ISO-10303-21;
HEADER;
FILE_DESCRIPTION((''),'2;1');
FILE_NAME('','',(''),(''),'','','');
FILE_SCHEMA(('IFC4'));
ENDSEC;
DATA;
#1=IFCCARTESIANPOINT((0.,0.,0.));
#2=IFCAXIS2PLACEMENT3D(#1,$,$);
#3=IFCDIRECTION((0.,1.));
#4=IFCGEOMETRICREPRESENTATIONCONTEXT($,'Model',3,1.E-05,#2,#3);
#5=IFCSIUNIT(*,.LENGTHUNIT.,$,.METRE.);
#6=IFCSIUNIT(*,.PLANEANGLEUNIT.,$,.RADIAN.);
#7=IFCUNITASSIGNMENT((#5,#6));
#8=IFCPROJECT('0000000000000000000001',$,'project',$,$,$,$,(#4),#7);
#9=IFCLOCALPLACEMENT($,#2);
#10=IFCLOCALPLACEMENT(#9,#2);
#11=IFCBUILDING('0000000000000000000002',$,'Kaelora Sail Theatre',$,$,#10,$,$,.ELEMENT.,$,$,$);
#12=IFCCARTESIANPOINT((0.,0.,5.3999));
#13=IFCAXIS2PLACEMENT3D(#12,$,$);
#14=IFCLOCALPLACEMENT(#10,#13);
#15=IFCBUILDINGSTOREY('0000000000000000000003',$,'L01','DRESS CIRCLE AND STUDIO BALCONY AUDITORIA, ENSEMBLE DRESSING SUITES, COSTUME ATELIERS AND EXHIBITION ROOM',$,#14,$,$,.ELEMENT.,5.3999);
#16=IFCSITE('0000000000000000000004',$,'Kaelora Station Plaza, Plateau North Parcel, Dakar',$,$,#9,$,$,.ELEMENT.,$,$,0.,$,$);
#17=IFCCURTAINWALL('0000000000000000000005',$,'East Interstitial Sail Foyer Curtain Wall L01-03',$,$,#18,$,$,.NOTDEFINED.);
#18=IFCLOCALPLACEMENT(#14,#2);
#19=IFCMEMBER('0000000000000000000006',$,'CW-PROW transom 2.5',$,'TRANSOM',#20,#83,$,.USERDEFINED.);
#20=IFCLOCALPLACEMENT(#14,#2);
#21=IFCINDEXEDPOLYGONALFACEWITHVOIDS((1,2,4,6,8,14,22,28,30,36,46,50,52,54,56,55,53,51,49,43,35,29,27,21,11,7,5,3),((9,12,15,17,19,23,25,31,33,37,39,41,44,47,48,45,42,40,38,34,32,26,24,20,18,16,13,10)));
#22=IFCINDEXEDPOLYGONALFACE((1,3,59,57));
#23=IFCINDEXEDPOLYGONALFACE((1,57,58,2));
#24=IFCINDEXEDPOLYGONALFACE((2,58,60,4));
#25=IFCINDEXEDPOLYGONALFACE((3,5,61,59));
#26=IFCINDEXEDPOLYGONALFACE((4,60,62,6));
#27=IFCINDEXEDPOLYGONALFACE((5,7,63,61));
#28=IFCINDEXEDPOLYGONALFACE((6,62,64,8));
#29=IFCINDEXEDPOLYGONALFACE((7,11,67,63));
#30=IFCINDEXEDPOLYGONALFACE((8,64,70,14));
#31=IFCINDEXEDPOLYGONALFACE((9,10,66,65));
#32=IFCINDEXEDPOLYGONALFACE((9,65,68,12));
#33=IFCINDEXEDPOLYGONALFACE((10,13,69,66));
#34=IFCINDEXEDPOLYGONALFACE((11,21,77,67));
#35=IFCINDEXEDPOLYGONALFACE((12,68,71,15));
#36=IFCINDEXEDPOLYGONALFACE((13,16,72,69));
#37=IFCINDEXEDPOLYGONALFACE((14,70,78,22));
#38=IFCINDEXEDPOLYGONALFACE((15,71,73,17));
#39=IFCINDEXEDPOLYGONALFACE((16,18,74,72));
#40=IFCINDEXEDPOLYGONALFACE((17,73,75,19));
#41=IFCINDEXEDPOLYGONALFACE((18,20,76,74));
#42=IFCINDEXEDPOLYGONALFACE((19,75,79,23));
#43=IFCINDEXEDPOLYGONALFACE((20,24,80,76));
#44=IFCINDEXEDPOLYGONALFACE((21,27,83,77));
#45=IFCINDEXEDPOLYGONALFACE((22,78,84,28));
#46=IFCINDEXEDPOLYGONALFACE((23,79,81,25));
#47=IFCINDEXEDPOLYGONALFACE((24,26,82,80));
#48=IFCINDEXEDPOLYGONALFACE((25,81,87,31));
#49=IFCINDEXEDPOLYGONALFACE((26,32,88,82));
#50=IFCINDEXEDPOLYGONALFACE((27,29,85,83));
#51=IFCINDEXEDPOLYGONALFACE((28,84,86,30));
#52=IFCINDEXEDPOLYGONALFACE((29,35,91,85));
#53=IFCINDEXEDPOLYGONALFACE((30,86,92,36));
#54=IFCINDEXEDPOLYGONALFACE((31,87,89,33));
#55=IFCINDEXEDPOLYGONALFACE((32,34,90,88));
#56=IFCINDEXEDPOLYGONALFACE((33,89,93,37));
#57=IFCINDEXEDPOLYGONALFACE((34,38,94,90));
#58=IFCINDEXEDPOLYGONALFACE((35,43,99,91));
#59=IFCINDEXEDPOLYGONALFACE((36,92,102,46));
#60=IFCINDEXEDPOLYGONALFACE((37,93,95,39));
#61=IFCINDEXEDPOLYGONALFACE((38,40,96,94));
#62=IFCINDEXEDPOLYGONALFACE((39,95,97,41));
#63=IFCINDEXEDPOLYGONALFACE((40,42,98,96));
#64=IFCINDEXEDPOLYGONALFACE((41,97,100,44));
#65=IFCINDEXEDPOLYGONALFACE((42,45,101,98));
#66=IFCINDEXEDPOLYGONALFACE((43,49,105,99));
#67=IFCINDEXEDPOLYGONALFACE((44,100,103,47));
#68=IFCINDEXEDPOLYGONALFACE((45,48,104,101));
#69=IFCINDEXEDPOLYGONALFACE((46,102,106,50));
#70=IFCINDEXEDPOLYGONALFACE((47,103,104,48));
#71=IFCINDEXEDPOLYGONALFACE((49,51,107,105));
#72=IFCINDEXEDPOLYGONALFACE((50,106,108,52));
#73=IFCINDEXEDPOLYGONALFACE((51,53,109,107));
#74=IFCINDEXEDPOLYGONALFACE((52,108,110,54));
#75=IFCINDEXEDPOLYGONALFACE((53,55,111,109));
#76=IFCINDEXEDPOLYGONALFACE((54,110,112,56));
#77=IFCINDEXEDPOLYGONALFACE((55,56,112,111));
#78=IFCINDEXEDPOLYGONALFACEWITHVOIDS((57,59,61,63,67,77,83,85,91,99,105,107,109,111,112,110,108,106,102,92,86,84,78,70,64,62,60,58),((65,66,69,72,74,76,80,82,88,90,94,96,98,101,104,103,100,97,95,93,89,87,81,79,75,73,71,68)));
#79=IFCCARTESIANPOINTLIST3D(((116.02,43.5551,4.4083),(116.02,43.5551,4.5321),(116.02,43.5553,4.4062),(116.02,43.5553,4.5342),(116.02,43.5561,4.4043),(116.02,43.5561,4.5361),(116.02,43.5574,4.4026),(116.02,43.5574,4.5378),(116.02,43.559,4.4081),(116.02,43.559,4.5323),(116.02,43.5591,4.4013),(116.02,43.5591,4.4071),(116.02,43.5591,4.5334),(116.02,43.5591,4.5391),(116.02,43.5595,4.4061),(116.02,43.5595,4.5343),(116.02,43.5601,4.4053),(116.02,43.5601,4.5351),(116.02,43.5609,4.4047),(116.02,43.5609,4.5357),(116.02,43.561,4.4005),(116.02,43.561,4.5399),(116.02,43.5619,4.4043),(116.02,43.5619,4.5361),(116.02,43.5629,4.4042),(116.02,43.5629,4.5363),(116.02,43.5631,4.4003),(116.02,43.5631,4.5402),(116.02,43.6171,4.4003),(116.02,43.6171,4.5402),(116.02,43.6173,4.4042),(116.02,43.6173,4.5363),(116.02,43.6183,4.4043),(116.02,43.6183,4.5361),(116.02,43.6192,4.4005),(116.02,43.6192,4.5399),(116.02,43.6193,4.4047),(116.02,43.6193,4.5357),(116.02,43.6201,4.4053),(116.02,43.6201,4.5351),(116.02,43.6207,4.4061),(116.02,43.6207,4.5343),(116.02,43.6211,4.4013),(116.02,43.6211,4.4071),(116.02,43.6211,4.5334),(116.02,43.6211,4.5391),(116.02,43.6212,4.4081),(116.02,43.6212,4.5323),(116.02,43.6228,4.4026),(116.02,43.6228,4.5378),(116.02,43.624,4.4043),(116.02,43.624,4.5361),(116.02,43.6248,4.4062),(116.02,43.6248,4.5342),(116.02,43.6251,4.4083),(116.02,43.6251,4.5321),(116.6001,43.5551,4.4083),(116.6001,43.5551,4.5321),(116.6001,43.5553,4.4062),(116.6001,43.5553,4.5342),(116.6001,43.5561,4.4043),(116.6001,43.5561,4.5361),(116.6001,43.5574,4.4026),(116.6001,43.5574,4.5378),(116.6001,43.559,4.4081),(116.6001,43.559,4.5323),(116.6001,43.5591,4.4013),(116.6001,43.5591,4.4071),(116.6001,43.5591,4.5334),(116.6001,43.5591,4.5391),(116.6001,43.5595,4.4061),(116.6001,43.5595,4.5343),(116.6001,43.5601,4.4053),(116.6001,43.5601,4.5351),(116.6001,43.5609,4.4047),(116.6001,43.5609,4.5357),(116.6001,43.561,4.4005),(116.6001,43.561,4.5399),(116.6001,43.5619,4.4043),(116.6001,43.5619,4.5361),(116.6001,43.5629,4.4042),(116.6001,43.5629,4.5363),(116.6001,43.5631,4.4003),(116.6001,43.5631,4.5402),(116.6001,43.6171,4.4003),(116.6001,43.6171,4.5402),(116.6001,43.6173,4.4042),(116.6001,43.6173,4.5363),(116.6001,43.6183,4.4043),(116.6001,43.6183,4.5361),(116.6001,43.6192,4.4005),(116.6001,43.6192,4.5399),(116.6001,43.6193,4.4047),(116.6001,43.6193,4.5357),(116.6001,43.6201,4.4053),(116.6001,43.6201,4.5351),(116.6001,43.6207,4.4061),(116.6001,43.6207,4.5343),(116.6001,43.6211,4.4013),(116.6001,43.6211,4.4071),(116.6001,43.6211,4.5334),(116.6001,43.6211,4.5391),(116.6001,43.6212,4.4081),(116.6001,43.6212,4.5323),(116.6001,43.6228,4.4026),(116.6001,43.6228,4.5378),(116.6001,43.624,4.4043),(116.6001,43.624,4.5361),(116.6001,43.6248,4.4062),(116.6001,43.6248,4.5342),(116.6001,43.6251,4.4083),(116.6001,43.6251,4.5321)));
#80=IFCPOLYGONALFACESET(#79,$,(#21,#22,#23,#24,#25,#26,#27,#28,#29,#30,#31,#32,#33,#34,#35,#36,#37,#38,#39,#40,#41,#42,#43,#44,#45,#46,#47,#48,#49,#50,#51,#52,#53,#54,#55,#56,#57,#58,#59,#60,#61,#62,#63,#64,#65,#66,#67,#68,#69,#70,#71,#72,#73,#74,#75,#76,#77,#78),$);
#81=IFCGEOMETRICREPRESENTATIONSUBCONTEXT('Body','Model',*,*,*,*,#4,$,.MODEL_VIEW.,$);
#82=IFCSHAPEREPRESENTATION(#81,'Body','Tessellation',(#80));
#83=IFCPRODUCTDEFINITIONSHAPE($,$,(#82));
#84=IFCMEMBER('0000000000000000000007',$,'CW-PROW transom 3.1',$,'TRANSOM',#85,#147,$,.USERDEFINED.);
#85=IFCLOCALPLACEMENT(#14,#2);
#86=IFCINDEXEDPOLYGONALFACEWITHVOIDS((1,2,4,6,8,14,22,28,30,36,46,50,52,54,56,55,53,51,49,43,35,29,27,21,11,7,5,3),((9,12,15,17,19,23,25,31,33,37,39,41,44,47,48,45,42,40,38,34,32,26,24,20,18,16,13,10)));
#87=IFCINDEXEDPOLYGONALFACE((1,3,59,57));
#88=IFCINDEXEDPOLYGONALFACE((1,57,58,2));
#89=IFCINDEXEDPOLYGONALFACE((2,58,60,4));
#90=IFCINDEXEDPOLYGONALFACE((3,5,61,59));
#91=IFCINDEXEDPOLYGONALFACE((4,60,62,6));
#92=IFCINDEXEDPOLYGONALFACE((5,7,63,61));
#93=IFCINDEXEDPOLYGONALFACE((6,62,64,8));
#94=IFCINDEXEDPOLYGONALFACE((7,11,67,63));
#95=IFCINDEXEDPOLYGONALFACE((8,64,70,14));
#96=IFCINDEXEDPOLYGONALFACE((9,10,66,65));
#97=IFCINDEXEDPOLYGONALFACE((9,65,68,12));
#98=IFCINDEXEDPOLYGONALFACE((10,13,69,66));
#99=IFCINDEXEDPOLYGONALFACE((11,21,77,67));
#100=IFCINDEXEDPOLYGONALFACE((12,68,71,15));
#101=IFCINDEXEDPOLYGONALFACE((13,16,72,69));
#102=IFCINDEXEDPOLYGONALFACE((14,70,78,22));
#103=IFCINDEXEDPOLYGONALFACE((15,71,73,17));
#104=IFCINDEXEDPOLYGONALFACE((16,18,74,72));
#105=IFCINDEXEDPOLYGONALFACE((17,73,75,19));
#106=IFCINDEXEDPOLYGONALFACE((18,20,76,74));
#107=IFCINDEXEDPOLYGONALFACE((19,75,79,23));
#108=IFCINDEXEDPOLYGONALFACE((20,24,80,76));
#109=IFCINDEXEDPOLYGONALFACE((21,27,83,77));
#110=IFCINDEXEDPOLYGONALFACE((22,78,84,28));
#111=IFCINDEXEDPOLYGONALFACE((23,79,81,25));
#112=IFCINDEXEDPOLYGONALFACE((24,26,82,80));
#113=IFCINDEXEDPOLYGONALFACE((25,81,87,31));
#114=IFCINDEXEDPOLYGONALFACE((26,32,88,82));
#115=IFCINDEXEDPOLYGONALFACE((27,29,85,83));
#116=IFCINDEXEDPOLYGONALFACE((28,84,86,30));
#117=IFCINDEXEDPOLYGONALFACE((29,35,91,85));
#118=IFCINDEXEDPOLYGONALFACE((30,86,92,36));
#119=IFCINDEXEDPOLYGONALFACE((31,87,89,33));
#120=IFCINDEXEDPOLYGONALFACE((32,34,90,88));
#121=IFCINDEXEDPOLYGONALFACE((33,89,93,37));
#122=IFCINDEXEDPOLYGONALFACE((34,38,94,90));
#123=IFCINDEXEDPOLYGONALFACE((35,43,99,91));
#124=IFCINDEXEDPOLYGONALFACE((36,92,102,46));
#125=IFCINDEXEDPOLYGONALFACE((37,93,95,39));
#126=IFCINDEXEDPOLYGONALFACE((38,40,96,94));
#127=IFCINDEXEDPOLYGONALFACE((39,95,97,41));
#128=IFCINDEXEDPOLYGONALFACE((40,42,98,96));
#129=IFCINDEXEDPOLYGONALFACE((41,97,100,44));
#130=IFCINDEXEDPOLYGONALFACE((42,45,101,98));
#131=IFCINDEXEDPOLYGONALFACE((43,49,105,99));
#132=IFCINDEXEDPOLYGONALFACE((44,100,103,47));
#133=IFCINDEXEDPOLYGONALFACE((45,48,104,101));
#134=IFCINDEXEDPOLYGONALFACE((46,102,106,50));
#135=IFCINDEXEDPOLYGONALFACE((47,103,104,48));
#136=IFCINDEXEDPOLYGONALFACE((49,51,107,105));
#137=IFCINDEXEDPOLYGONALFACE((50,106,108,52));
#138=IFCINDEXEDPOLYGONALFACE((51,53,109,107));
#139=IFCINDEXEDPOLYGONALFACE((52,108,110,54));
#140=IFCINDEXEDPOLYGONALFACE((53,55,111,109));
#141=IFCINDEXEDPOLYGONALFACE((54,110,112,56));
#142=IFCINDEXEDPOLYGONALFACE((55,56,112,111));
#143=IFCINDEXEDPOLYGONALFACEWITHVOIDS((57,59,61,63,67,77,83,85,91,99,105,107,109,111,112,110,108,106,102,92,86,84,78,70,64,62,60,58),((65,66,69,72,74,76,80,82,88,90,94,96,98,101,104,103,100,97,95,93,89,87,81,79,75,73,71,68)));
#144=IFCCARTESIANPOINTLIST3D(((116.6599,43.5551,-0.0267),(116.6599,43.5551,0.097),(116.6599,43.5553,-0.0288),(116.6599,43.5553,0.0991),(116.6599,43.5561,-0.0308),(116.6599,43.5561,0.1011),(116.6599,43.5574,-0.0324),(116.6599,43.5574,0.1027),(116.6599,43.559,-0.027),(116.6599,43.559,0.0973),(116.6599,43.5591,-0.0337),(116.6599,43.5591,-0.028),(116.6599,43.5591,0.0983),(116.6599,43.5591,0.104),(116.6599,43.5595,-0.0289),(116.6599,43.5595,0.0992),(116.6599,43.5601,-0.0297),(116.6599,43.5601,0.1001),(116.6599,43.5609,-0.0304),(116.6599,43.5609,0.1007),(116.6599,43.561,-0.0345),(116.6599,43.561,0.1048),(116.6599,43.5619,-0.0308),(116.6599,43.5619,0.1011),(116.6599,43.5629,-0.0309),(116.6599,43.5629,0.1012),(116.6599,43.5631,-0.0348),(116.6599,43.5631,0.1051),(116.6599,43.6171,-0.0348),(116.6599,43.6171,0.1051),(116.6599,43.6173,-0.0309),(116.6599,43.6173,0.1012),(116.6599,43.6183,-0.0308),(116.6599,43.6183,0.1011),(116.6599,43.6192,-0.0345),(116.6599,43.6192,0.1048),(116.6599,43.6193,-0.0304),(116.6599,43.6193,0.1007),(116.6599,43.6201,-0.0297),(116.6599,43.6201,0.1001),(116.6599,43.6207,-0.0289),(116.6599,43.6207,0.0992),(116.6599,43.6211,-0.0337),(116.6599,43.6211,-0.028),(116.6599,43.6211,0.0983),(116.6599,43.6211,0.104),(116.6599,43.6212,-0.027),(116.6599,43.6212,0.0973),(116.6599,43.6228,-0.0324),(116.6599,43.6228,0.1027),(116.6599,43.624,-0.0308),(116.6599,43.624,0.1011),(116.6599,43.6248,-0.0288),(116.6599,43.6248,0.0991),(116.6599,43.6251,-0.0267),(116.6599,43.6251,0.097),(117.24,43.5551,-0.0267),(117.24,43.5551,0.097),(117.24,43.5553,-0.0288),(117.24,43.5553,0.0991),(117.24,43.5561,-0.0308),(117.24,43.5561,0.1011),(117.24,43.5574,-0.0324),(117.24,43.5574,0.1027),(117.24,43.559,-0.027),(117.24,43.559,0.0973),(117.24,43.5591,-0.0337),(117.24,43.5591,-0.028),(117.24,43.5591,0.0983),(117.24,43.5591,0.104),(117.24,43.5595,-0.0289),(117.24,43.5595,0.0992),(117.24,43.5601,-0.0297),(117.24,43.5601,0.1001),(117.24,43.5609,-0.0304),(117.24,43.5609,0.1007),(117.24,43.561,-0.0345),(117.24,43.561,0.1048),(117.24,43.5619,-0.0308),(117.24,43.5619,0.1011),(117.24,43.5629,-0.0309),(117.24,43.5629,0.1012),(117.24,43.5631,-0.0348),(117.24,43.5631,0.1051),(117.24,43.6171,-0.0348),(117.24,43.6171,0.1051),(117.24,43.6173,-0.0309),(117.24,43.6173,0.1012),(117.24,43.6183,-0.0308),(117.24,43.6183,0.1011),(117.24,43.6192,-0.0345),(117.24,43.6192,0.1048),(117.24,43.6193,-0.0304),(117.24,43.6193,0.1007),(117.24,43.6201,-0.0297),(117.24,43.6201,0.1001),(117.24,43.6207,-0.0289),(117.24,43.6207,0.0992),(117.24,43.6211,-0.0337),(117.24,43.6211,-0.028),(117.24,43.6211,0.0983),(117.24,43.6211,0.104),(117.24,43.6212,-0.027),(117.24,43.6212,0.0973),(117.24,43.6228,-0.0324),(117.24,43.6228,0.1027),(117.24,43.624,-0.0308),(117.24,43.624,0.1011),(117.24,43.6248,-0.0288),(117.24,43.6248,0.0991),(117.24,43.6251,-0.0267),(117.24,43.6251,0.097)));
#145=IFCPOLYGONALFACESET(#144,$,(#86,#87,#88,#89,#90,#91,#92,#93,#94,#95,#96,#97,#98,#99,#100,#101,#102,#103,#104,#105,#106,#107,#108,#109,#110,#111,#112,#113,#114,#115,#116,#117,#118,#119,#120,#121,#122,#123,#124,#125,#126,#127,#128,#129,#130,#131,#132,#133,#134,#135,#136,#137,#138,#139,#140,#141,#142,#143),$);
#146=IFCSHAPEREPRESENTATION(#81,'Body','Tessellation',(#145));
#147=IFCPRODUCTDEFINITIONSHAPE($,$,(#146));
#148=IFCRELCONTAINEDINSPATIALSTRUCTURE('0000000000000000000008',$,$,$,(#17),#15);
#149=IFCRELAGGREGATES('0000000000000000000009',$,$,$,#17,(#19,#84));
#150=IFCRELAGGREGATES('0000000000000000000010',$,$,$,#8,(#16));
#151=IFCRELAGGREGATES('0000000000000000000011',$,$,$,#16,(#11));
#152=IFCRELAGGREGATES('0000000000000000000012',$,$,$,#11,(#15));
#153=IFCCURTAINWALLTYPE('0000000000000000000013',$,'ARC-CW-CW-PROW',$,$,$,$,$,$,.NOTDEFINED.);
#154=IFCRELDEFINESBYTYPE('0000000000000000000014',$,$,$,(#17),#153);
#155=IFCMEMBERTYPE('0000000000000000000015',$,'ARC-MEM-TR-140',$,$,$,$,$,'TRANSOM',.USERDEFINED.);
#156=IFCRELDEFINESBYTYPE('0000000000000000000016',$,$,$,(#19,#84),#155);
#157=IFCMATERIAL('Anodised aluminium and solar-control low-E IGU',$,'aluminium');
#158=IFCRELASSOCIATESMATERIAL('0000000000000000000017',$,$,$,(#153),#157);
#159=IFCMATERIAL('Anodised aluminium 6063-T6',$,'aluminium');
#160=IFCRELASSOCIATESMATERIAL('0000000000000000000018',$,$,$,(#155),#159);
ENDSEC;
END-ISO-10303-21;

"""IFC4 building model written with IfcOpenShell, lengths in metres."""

from ifc_helpers import new_model, si_unit, direction, frame, origin, origin_2d, place, context, subcontext, project, spatial, hollow_rectangle, extrude, material, material_profile, profile_set, type_object, element, aggregate, save


model = new_model("IFC4")

# Units and contexts
model_context = context("Model", 3, precision=1e-05, world=origin(), true_north=direction((0.0, 1.0)))
body_context = subcontext(model_context, "Body", "Model", "MODEL_VIEW")
ifc_project = project(units=[si_unit("LENGTHUNIT", "METRE"), si_unit("PLANEANGLEUNIT", "RADIAN")], contexts=[model_context])

# Site, building, storey
site_placement = place(None, origin())
site = spatial("IfcSite", under=ifc_project, at=site_placement, Name="Kaelora Station Plaza, Plateau North Parcel, Dakar", CompositionType="ELEMENT", RefElevation=0.0)
building_placement = place(site_placement, origin())
building = spatial("IfcBuilding", under=site, at=building_placement, Name="Kaelora Sail Theatre", CompositionType="ELEMENT")
storey_placement = place(building_placement, frame((0.0, 0.0, 5.3999)))
storey = spatial("IfcBuildingStorey", under=building, at=storey_placement, Name="L01", Description="DRESS CIRCLE AND STUDIO BALCONY AUDITORIA, ENSEMBLE DRESSING SUITES, COSTUME ATELIERS AND EXHIBITION ROOM", CompositionType="ELEMENT", Elevation=5.3999)

# Curtain wall, members
ifc_material_1 = material(Name="Anodised aluminium and solar-control low-E IGU", Category="aluminium")
curtain_wall_type = type_object("IfcCurtainWallType", Name="ARC-CW-CW-PROW", PredefinedType="NOTDEFINED", material=ifc_material_1)
curtain_wall_placement = place(storey_placement, origin())
curtain_wall = element("IfcCurtainWall", 1, at=curtain_wall_placement, inside=storey, type_object=curtain_wall_type, Name="East Interstitial Sail Foyer Curtain Wall L01-03", PredefinedType="NOTDEFINED")
ifc_material_2 = material(Name="Anodised aluminium 6063-T6", Category="aluminium")
ifc_material_profile_1 = material_profile(ifc_material_2, hollow_rectangle(XDim=0.0701, YDim=0.1399, WallThickness=0.0039, InnerFilletRadius=0.0039, OuterFilletRadius=0.0081, at=origin_2d()), Name="ALU-TRAN 70x140x4")
ifc_profile_set_1 = profile_set([ifc_material_profile_1], Name="Anodised aluminium 6063-T6")
member_type_1 = type_object("IfcMemberType", Name="ARC-MEM-TR-140", ElementType="TRANSOM", PredefinedType="USERDEFINED", material=ifc_profile_set_1)
member_1_placement = place(storey_placement, frame((116.02, 43.5901, 4.4702), z_axis=(1.0, 0.0, 0.0), x_axis=(0.0, 1.0, 0.0)))
member_1 = element("IfcMember", 2, at=member_1_placement, type_object=member_type_1, Name="CW-PROW transom 2.5", ObjectType="TRANSOM", PredefinedType="USERDEFINED", context=body_context, shape_type="SweptSolid", body=[
    extrude(hollow_rectangle(XDim=0.0701, YDim=0.1399, WallThickness=0.0039, InnerFilletRadius=0.0039, OuterFilletRadius=0.0081, at=origin_2d()), origin(), (0.0, 0.0, 1.0), 0.5801),
])
member_2_placement = place(storey_placement, frame((116.6599, 43.5901, 0.0352), z_axis=(1.0, 0.0, 0.0), x_axis=(0.0, 1.0, 0.0)))
member_2 = element("IfcMember", 3, at=member_2_placement, type_object=member_type_1, Name="CW-PROW transom 3.1", ObjectType="TRANSOM", PredefinedType="USERDEFINED", context=body_context, shape_type="SweptSolid", body=[
    extrude(hollow_rectangle(XDim=0.0701, YDim=0.1399, WallThickness=0.0039, InnerFilletRadius=0.0039, OuterFilletRadius=0.0081, at=origin_2d()), origin(), (0.0, 0.0, 1.0), 0.5801),
])
aggregate(curtain_wall, [member_1, member_2])

save(model, "model.ifc")
